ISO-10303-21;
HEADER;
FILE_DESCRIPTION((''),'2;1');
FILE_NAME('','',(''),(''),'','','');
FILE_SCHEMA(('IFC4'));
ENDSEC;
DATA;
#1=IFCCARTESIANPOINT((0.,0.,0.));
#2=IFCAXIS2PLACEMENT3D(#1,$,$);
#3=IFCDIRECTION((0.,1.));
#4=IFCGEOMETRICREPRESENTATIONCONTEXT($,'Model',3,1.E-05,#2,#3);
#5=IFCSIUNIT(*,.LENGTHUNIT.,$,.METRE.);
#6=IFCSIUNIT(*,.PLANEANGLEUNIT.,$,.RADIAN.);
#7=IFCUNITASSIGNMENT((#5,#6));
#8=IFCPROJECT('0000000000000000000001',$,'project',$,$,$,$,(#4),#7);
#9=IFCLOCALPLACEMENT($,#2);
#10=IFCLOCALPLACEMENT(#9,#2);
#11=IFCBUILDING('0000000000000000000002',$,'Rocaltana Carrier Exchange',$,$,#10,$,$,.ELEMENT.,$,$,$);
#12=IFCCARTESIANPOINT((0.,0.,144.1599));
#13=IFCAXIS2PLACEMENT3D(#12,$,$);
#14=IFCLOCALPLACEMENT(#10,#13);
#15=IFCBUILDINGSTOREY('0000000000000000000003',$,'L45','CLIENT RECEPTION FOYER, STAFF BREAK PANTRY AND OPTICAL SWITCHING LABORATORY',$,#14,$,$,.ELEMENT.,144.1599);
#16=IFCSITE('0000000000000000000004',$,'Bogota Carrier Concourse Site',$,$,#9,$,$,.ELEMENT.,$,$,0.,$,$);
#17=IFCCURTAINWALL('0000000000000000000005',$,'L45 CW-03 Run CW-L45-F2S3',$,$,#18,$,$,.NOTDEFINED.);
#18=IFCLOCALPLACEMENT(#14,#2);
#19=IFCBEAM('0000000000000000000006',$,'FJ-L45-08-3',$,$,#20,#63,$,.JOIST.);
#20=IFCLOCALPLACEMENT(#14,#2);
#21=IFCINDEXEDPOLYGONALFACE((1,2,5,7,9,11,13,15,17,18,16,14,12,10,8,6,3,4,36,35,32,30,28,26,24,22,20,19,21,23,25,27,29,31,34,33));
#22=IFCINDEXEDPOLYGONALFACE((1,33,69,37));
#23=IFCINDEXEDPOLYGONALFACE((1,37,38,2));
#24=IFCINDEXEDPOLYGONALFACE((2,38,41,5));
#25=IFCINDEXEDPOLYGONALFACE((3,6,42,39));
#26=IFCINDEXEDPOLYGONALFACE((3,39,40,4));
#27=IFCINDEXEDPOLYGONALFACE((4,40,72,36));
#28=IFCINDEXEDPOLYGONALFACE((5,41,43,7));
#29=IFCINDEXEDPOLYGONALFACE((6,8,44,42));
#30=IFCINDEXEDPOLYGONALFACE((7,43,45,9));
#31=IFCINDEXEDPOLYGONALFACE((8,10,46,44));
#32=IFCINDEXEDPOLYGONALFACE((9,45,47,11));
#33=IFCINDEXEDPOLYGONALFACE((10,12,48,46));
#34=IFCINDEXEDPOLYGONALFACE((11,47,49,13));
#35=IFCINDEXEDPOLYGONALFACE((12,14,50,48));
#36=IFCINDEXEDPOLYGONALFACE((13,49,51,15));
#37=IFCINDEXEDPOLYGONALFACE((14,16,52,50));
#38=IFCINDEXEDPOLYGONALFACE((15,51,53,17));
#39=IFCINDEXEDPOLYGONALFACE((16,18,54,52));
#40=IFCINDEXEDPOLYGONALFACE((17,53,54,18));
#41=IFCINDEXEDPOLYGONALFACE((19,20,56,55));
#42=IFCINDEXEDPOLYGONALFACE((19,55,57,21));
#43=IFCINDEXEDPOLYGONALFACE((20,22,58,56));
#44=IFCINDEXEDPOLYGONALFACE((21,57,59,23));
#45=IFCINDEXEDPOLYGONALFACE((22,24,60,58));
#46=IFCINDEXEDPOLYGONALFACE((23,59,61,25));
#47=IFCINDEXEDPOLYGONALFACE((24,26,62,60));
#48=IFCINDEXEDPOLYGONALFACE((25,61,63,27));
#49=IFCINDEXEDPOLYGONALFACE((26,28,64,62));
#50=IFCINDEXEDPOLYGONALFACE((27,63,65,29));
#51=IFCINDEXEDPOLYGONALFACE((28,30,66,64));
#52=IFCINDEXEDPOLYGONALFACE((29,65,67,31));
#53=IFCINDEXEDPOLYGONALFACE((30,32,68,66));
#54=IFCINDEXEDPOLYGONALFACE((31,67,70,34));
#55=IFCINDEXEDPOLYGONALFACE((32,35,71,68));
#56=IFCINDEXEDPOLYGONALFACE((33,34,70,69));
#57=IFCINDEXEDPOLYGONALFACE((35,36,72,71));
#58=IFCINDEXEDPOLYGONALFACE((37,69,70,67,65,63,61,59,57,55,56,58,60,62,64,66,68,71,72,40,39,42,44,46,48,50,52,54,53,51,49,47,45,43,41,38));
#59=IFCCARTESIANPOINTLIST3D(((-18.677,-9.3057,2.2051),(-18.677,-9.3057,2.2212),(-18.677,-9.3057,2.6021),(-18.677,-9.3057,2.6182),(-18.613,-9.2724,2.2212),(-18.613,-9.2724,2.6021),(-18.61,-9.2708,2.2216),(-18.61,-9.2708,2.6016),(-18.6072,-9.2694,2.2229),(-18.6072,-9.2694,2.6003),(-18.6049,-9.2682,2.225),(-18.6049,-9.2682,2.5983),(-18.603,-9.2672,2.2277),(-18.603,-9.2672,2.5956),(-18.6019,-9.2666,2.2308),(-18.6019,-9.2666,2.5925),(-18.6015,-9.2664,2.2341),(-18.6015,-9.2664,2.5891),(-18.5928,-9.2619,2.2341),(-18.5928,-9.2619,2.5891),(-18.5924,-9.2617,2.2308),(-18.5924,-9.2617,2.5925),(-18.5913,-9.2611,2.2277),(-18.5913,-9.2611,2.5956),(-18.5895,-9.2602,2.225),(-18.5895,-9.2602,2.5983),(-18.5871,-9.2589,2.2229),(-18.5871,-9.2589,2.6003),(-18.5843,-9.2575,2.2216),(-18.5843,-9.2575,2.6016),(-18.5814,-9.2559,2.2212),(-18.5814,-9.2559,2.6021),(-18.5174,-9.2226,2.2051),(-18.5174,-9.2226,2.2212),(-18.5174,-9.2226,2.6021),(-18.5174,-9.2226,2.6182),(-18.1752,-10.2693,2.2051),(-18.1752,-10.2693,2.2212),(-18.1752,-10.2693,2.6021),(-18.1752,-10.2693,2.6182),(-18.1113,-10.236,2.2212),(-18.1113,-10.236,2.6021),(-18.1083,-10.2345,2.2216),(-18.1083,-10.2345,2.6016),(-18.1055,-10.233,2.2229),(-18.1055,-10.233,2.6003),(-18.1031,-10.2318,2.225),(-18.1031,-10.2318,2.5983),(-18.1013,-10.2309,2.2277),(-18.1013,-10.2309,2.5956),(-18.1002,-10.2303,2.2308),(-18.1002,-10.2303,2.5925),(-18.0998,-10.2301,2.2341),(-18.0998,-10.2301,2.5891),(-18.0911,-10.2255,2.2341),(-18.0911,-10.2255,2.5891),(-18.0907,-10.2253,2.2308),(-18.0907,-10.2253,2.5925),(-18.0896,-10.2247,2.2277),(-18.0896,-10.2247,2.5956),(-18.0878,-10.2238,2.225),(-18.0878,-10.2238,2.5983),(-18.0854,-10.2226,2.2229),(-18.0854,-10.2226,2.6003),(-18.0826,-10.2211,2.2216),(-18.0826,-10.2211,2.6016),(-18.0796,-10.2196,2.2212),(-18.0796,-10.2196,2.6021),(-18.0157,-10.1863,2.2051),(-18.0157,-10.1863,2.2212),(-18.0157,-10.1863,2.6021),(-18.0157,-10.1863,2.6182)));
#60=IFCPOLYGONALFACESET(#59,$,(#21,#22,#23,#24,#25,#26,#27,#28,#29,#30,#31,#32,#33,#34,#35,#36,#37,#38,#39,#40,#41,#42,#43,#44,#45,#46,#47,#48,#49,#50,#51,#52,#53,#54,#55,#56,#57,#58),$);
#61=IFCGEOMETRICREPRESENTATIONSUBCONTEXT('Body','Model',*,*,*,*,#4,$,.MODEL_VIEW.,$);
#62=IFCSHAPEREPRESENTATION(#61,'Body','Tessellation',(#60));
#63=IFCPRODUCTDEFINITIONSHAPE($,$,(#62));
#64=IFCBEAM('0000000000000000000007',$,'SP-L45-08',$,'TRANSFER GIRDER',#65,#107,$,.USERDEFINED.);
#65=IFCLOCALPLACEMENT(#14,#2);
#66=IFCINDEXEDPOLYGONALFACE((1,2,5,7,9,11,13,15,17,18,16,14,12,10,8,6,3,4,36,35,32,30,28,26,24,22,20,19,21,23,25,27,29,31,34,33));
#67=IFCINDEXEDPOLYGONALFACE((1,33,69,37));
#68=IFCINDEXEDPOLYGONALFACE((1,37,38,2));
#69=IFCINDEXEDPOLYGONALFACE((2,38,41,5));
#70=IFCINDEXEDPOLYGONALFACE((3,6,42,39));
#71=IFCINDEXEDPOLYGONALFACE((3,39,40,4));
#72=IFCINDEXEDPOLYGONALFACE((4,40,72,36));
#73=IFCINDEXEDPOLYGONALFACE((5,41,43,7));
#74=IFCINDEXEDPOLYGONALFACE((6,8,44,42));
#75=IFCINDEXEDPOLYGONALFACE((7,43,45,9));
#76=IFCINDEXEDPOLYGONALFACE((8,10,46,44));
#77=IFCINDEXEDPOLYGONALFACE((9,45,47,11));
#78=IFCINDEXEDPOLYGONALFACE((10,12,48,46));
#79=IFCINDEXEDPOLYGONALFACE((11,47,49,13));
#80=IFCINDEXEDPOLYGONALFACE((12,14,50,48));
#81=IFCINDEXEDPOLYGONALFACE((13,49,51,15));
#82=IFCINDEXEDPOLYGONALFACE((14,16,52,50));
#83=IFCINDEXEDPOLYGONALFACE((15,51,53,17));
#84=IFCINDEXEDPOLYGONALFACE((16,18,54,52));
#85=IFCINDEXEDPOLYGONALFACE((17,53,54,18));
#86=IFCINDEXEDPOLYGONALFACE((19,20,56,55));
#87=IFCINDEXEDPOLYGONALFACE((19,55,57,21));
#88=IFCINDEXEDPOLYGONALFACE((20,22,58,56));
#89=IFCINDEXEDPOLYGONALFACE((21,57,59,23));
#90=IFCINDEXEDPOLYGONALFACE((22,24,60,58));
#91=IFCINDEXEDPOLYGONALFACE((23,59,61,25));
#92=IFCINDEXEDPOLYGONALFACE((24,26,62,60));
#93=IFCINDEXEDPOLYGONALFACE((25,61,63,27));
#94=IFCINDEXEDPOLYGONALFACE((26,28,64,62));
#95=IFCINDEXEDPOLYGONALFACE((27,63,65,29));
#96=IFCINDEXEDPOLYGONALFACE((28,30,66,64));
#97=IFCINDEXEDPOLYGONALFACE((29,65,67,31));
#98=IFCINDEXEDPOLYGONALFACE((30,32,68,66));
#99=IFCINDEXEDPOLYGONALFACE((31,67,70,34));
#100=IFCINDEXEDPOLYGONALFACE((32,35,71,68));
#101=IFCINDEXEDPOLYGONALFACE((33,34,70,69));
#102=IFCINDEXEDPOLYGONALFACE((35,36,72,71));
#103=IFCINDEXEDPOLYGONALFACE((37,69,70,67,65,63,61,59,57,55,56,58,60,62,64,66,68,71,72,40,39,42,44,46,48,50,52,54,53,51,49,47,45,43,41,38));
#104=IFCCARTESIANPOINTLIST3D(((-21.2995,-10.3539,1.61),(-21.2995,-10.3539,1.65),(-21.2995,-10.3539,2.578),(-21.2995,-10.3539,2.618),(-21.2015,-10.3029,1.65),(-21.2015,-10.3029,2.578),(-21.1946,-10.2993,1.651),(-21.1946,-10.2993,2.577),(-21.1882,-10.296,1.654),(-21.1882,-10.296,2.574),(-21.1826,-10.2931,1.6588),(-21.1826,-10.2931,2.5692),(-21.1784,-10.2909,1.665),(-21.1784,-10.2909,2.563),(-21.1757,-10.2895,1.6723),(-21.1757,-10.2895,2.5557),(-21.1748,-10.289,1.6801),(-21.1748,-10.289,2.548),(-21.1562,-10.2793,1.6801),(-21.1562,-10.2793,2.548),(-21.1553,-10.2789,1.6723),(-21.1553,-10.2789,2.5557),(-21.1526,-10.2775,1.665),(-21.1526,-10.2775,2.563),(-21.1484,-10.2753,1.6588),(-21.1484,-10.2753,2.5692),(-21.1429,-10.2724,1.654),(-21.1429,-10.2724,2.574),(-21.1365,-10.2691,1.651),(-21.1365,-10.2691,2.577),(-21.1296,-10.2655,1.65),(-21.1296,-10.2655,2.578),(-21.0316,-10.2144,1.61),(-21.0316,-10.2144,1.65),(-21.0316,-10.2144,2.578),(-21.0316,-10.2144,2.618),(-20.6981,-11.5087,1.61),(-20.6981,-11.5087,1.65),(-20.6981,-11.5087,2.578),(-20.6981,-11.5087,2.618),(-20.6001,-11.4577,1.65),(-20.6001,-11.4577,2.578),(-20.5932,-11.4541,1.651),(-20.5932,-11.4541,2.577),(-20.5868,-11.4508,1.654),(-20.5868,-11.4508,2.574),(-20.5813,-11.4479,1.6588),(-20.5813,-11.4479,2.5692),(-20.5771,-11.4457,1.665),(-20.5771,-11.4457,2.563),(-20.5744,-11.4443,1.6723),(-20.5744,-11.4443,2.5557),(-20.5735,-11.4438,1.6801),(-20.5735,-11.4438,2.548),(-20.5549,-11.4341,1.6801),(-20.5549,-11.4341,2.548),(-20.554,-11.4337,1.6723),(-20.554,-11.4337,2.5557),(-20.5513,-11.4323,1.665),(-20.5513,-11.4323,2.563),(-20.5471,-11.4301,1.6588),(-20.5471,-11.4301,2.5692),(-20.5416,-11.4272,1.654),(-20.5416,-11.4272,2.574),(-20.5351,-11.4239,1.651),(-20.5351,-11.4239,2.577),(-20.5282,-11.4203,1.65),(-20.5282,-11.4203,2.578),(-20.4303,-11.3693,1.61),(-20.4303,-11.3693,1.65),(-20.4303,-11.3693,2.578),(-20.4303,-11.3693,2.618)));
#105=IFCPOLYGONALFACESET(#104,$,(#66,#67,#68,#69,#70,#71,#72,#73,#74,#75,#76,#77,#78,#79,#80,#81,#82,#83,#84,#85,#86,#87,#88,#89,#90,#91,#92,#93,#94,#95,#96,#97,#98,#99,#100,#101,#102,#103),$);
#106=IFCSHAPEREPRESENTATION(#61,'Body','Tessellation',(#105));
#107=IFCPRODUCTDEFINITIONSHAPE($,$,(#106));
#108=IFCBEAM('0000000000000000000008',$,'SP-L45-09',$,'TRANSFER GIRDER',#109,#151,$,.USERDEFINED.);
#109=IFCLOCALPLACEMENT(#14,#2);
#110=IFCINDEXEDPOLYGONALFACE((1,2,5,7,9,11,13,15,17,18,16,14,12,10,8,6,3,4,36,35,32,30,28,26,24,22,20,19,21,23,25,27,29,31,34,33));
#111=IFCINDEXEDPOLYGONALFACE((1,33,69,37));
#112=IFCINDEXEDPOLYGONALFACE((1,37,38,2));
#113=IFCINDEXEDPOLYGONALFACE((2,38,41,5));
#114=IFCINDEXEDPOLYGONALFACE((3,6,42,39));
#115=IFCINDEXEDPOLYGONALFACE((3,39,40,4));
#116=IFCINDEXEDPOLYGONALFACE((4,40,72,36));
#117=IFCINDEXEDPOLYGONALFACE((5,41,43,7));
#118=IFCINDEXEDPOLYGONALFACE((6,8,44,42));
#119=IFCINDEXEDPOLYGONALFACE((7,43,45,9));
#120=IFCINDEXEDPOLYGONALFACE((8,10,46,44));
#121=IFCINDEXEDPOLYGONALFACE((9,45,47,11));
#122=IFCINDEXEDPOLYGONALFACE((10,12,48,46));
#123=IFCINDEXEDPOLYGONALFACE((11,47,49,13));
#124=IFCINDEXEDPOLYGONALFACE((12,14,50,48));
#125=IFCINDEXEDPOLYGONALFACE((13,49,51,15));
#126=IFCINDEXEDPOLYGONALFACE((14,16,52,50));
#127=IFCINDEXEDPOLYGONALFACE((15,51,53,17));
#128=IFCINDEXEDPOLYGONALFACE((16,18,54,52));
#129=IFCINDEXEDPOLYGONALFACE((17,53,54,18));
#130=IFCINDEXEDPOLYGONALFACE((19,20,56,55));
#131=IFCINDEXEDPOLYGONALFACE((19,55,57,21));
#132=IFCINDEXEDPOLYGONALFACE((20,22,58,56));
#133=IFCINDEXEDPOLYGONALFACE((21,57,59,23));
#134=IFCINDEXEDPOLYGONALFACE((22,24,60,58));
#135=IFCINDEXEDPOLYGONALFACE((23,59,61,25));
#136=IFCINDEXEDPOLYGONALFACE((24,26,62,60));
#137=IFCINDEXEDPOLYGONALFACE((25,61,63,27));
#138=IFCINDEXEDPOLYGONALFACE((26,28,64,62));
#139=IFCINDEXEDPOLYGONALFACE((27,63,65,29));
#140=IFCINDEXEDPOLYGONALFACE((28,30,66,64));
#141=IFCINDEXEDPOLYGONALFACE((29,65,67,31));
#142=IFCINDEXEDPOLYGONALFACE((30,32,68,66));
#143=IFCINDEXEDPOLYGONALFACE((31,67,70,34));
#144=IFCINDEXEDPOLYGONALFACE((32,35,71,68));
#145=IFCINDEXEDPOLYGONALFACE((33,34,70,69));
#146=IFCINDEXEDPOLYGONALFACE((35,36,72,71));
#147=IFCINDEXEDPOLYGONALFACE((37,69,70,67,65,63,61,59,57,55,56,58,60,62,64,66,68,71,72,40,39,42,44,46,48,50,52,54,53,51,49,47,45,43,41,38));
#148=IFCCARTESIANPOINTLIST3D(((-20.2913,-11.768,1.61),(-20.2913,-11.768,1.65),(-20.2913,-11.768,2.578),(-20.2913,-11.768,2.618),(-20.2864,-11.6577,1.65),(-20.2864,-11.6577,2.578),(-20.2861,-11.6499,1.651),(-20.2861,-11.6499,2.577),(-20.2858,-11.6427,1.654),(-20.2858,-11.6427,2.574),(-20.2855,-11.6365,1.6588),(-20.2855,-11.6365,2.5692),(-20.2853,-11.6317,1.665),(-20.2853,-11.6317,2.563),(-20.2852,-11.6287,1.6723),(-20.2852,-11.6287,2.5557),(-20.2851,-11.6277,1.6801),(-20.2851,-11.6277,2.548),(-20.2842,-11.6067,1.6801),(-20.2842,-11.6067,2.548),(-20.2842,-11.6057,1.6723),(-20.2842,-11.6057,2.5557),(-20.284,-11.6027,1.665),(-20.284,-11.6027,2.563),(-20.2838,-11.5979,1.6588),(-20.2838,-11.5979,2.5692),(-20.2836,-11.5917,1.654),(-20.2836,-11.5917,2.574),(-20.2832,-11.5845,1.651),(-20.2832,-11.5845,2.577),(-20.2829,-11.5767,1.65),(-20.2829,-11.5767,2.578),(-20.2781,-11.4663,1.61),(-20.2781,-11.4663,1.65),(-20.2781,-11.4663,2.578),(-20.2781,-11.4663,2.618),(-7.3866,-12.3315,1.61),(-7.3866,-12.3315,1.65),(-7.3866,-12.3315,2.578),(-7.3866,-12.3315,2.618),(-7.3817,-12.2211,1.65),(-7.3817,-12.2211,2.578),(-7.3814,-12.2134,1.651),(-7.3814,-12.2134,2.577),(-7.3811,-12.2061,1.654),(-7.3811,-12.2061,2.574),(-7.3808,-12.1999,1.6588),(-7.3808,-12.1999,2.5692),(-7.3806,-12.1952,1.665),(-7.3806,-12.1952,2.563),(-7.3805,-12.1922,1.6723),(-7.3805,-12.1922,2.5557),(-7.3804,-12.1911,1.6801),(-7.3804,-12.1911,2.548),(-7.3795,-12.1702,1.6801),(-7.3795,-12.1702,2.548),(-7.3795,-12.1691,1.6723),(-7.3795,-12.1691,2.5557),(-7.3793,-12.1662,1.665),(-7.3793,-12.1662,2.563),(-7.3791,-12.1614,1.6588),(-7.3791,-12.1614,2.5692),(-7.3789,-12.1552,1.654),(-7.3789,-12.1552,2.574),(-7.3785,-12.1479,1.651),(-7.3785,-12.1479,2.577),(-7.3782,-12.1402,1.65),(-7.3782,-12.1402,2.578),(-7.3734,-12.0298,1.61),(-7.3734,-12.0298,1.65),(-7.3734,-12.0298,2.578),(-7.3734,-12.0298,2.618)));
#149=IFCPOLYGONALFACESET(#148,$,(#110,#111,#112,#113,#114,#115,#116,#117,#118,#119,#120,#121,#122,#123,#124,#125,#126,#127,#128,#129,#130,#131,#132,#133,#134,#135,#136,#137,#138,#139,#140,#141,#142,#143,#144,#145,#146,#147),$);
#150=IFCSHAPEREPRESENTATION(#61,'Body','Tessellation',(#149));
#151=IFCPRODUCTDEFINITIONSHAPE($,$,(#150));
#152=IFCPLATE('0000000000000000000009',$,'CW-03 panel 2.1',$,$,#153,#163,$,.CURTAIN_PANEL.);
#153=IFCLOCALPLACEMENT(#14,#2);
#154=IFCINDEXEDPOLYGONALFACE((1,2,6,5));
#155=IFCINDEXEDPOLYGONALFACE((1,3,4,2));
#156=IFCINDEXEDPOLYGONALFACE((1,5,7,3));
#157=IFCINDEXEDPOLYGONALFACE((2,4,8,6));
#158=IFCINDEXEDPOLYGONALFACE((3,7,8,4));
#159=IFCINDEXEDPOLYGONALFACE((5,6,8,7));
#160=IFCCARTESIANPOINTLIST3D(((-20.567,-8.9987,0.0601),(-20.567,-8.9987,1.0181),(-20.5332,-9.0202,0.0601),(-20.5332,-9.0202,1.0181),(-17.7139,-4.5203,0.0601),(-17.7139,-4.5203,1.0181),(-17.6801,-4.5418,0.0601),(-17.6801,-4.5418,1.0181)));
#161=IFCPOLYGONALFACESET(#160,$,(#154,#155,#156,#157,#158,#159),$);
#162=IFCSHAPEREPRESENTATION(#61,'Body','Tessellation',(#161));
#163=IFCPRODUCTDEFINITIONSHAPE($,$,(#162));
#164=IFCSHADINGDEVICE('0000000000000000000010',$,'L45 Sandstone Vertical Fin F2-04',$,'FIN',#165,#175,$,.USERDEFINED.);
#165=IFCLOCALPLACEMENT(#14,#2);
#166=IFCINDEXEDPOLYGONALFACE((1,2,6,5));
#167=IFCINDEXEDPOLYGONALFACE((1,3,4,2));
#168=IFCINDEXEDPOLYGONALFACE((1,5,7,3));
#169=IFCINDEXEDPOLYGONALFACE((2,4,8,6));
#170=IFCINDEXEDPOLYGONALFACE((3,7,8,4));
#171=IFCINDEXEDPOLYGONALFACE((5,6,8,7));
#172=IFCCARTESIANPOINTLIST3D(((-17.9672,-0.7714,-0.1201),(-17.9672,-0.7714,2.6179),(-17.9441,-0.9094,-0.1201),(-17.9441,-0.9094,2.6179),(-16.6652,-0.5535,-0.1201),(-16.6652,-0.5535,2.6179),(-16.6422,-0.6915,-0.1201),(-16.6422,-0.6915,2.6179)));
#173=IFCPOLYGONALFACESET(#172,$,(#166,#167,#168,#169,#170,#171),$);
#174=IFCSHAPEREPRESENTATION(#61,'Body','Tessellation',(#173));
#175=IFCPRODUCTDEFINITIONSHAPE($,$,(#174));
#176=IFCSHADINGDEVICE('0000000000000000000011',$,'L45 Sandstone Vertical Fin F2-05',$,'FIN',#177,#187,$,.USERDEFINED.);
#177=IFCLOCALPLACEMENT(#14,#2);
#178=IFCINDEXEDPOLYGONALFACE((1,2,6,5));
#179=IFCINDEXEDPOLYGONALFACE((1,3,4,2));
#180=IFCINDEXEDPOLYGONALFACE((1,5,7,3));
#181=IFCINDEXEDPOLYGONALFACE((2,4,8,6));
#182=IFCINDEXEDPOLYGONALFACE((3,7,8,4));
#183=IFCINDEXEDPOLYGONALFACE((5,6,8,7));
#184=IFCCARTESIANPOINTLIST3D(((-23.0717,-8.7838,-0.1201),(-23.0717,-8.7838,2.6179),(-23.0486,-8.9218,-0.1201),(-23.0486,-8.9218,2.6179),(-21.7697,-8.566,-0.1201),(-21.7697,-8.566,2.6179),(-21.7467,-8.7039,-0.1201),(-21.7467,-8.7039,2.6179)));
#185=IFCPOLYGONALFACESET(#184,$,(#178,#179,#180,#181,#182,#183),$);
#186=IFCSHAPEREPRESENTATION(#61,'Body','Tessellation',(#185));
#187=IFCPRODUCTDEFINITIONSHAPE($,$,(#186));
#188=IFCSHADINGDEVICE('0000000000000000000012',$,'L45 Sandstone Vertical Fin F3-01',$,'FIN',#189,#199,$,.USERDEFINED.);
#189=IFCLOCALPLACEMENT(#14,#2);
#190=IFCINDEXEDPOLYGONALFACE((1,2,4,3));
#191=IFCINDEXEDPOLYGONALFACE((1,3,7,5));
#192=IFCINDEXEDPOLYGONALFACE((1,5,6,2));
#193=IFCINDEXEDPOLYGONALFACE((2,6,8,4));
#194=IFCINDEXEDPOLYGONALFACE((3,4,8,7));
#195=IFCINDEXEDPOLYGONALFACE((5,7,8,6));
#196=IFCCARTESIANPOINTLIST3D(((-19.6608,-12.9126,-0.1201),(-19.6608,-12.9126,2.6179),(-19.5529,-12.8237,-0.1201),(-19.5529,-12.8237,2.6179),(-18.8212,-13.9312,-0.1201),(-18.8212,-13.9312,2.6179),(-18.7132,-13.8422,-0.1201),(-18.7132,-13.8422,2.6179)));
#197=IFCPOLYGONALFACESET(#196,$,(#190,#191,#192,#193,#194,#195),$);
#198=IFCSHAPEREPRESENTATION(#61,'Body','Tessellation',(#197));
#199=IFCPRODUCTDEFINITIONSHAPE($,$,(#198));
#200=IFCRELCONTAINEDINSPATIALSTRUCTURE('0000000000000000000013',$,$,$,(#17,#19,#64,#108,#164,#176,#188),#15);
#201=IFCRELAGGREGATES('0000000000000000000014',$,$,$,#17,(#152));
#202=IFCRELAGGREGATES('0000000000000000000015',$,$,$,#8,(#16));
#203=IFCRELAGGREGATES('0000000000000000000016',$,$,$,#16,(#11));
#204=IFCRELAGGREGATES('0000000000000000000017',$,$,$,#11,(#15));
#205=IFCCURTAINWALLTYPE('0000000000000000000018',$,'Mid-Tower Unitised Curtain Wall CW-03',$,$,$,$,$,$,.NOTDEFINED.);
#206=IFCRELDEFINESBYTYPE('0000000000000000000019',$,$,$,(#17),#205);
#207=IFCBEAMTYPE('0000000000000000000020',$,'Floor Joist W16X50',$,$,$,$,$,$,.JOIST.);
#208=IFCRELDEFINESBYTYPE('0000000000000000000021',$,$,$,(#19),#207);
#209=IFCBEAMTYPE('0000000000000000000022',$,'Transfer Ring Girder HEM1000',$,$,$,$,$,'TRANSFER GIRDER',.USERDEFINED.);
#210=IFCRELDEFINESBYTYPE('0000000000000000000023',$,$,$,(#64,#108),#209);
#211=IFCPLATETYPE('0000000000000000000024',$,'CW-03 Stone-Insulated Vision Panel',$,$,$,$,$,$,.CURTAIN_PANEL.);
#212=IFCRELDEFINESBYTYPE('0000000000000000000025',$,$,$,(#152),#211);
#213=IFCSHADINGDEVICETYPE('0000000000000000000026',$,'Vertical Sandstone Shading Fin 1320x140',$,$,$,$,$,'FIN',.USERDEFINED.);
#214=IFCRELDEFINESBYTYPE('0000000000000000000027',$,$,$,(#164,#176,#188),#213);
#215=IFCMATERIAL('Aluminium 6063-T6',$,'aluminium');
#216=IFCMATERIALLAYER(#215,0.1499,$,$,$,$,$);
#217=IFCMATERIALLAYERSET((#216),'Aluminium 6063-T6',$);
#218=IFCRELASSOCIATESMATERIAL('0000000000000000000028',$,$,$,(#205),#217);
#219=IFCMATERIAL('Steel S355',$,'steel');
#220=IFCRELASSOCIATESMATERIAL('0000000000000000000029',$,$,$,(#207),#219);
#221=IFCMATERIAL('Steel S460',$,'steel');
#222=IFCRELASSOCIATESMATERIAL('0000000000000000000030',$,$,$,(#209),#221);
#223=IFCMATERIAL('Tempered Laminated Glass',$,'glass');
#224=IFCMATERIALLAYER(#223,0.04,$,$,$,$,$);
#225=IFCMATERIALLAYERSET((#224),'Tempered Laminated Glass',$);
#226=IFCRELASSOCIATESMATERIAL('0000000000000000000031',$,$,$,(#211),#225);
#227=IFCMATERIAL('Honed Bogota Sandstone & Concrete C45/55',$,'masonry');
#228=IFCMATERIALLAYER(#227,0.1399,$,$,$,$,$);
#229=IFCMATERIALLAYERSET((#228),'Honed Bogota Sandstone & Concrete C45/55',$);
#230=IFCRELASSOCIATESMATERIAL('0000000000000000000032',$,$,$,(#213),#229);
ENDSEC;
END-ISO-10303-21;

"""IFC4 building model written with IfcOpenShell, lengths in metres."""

from ifc_helpers import new_model, si_unit, direction, frame, origin, origin_2d, place, context, subcontext, project, spatial, rectangle, i_section, extrude, material, layer, layer_set, material_profile, profile_set, type_object, element, aggregate, save


model = new_model("IFC4")

# Units and contexts
model_context = context("Model", 3, precision=1e-05, world=origin(), true_north=direction((0.0, 1.0)))
body_context = subcontext(model_context, "Body", "Model", "MODEL_VIEW")
ifc_project = project(units=[si_unit("LENGTHUNIT", "METRE"), si_unit("PLANEANGLEUNIT", "RADIAN")], contexts=[model_context])

# Site, building, storey
site_placement = place(None, origin())
site = spatial("IfcSite", under=ifc_project, at=site_placement, Name="Bogota Carrier Concourse Site", CompositionType="ELEMENT", RefElevation=0.0)
building_placement = place(site_placement, origin())
building = spatial("IfcBuilding", under=site, at=building_placement, Name="Rocaltana Carrier Exchange", CompositionType="ELEMENT")
storey_placement = place(building_placement, frame((0.0, 0.0, 144.1599)))
storey = spatial("IfcBuildingStorey", under=building, at=storey_placement, Name="L45", Description="CLIENT RECEPTION FOYER, STAFF BREAK PANTRY AND OPTICAL SWITCHING LABORATORY", CompositionType="ELEMENT", Elevation=144.1599)

# Curtain wall
ifc_material_1 = material(Name="Aluminium 6063-T6", Category="aluminium")
ifc_layer_1 = layer(ifc_material_1, 0.1499)
ifc_layer_set_1 = layer_set([ifc_layer_1], Name="Aluminium 6063-T6")
curtain_wall_type = type_object("IfcCurtainWallType", Name="Mid-Tower Unitised Curtain Wall CW-03", PredefinedType="NOTDEFINED", material=ifc_layer_set_1)
curtain_wall_1_placement = place(storey_placement, origin())
curtain_wall_1 = element("IfcCurtainWall", 1, at=curtain_wall_1_placement, inside=storey, type_object=curtain_wall_type, Name="L45 CW-03 Run CW-L45-F2S3", PredefinedType="NOTDEFINED")

# Beams
ifc_material_2 = material(Name="Steel S355", Category="steel")
ifc_material_profile_1 = material_profile(ifc_material_2, i_section(OverallWidth=0.1799, OverallDepth=0.4131, WebThickness=0.0098, FlangeThickness=0.0161, FilletRadius=0.0129, at=origin_2d()), Name="W16X50")
ifc_profile_set_1 = profile_set([ifc_material_profile_1], Name="Steel S355")
beam_type_1 = type_object("IfcBeamType", Name="Floor Joist W16X50", PredefinedType="JOIST", material=ifc_profile_set_1)
beam_1_placement = place(storey_placement, frame((-18.5972, -9.2642, 2.4116), z_axis=(0.461806, -0.886981, 0.0), x_axis=(0.886981, 0.461806, 0.0)))
element("IfcBeam", 2, at=beam_1_placement, inside=storey, type_object=beam_type_1, Name="FJ-L45-08-3", PredefinedType="JOIST", context=body_context, shape_type="SweptSolid", body=[
    extrude(i_section(OverallWidth=0.1799, OverallDepth=0.4131, WebThickness=0.0098, FlangeThickness=0.0161, FilletRadius=0.0129, at=origin_2d()), origin(), (0.0, 0.0, 1.0), 1.0864),
])
ifc_material_3 = material(Name="Steel S460", Category="steel")
ifc_material_profile_2 = material_profile(ifc_material_3, i_section(OverallWidth=0.302, OverallDepth=1.0081, WebThickness=0.021, FlangeThickness=0.04, FilletRadius=0.03, at=origin_2d()), Name="HEM1000")
ifc_profile_set_2 = profile_set([ifc_material_profile_2], Name="Steel S460")
beam_type_2 = type_object("IfcBeamType", Name="Transfer Ring Girder HEM1000", ElementType="TRANSFER GIRDER", PredefinedType="USERDEFINED", material=ifc_profile_set_2)
beam_2_placement = place(storey_placement, frame((-21.1655, -10.2842, 2.114), z_axis=(0.461855, -0.886956, 0.0), x_axis=(0.886956, 0.461855, 0.0)))
element("IfcBeam", 3, at=beam_2_placement, inside=storey, type_object=beam_type_2, Name="SP-L45-08", ObjectType="TRANSFER GIRDER", PredefinedType="USERDEFINED", context=body_context, shape_type="SweptSolid", body=[
    extrude(i_section(OverallWidth=0.302, OverallDepth=1.0081, WebThickness=0.021, FlangeThickness=0.04, FilletRadius=0.03, at=origin_2d()), origin(), (0.0, 0.0, 1.0), 1.302),
])
beam_3_placement = place(storey_placement, frame((-20.2847, -11.6172, 2.114), z_axis=(0.999048, -0.043623, 0.0), x_axis=(0.043623, 0.999048, 0.0)))
element("IfcBeam", 4, at=beam_3_placement, inside=storey, type_object=beam_type_2, Name="SP-L45-09", ObjectType="TRANSFER GIRDER", PredefinedType="USERDEFINED", context=body_context, shape_type="SweptSolid", body=[
    extrude(i_section(OverallWidth=0.302, OverallDepth=1.0081, WebThickness=0.021, FlangeThickness=0.04, FilletRadius=0.03, at=origin_2d()), origin(), (0.0, 0.0, 1.0), 12.917),
])

# Plate
ifc_material_4 = material(Name="Tempered Laminated Glass", Category="glass")
ifc_layer_2 = layer(ifc_material_4, 0.04)
ifc_layer_set_2 = layer_set([ifc_layer_2], Name="Tempered Laminated Glass")
plate_type = type_object("IfcPlateType", Name="CW-03 Stone-Insulated Vision Panel", PredefinedType="CURTAIN_PANEL", material=ifc_layer_set_2)
plate_placement = place(storey_placement, frame((-19.1235, -6.7703, 0.0601), z_axis=(0.0, 0.0, 1.0), x_axis=(-0.537301, -0.843391, 0.0)))
plate = element("IfcPlate", 5, at=plate_placement, type_object=plate_type, Name="CW-03 panel 2.1", PredefinedType="CURTAIN_PANEL", context=body_context, shape_type="SweptSolid", body=[
    extrude(rectangle(XDim=5.3101, YDim=0.04, at=origin_2d()), origin(), (0.0, 0.0, 1.0), 0.958),
])
aggregate(curtain_wall_1, [plate])

# Shading devices
ifc_material_5 = material(Name="Honed Bogota Sandstone & Concrete C45/55", Category="masonry")
ifc_layer_3 = layer(ifc_material_5, 0.1399)
ifc_layer_set_3 = layer_set([ifc_layer_3], Name="Honed Bogota Sandstone & Concrete C45/55")
shading_device_type = type_object("IfcShadingDeviceType", Name="Vertical Sandstone Shading Fin 1320x140", ElementType="FIN", PredefinedType="USERDEFINED", material=ifc_layer_set_3)
for number, where, z_axis, x_axis, name in (
    (6, (-17.3047, -0.7314, -0.1201), (0.0, 0.0, 1.0), (-0.986286, -0.165048, 0.0), "L45 Sandstone Vertical Fin F2-04"),
    (7, (-22.4092, -8.7439, -0.1201), (0.0, 0.0, 1.0), (-0.986286, -0.165048, 0.0), "L45 Sandstone Vertical Fin F2-05"),
    (8, (-19.187, -13.3774, -0.1201), (0.0, 0.0, 1.0), (0.636078, -0.771625, 0.0), "L45 Sandstone Vertical Fin F3-01"),
):
    element("IfcShadingDevice", number, at=place(storey_placement, frame(where, z_axis=z_axis, x_axis=x_axis)), inside=storey, type_object=shading_device_type, Name=name, ObjectType="FIN", PredefinedType="USERDEFINED", context=body_context, shape_type="SweptSolid", body=[
        extrude(rectangle(XDim=1.3201, YDim=0.1399, at=origin_2d()), origin(), (0.0, 0.0, 1.0), 2.738),
    ])

save(model, "model.ifc")
